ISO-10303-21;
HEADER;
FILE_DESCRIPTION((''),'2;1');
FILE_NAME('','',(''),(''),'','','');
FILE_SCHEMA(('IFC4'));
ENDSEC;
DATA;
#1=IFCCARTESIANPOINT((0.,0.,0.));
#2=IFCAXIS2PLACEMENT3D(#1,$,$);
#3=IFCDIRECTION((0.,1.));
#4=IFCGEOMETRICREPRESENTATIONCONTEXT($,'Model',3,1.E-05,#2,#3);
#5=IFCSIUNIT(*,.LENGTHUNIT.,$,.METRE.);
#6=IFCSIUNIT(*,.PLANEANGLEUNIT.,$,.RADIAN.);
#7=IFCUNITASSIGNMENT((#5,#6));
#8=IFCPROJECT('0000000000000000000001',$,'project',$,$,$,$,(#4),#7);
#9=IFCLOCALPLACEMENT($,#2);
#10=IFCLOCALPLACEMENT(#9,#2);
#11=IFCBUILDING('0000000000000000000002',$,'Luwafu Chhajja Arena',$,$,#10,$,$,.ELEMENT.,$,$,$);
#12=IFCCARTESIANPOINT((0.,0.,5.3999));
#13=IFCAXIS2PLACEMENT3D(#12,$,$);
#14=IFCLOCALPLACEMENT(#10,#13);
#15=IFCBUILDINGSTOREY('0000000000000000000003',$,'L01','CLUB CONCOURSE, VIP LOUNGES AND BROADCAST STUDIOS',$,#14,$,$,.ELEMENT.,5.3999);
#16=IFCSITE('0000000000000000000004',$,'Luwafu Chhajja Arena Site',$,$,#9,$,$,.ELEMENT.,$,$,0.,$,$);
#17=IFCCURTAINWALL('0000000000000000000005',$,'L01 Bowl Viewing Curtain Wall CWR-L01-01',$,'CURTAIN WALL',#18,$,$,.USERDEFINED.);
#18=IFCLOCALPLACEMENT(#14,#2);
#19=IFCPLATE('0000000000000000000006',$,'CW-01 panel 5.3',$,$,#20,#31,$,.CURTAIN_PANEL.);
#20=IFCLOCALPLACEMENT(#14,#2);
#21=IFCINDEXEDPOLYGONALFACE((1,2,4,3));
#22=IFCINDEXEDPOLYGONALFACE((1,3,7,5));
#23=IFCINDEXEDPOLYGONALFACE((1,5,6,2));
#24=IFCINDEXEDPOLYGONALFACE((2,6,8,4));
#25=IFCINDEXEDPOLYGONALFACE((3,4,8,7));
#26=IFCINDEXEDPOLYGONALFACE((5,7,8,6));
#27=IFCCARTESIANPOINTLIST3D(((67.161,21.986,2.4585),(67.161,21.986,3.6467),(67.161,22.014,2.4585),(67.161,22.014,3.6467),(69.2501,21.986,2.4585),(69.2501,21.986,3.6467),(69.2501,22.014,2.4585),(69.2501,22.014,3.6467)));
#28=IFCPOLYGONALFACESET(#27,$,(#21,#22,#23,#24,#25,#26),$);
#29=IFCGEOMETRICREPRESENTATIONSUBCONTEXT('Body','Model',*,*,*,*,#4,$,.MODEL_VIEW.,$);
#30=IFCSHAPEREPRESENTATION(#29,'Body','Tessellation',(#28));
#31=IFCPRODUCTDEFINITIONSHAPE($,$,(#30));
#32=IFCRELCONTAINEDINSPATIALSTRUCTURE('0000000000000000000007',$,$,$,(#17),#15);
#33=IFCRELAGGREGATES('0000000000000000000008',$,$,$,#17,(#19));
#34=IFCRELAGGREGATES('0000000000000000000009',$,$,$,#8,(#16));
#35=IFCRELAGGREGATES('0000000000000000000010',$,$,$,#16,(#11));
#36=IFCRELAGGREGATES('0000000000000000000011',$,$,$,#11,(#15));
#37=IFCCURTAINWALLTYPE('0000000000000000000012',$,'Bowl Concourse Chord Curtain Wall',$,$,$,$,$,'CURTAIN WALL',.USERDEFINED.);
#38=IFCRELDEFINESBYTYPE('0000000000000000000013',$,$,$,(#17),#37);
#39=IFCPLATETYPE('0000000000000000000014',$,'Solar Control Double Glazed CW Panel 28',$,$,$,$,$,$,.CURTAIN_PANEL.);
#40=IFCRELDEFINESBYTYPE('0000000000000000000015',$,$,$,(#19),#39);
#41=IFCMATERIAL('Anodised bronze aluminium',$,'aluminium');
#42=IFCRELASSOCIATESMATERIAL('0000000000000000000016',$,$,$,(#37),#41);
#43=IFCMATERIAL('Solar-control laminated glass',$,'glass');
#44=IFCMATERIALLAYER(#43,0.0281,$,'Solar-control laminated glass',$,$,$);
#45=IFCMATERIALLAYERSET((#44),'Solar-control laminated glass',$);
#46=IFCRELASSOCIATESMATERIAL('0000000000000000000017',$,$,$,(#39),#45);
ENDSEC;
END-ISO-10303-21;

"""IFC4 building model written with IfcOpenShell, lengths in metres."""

from ifc_helpers import new_model, si_unit, direction, frame, origin, origin_2d, place, context, subcontext, project, spatial, rectangle, extrude, material, layer, layer_set, type_object, element, aggregate, save


model = new_model("IFC4")

# Units and contexts
model_context = context("Model", 3, precision=1e-05, world=origin(), true_north=direction((0.0, 1.0)))
body_context = subcontext(model_context, "Body", "Model", "MODEL_VIEW")
ifc_project = project(units=[si_unit("LENGTHUNIT", "METRE"), si_unit("PLANEANGLEUNIT", "RADIAN")], contexts=[model_context])

# Site, building, storey
site_placement = place(None, origin())
site = spatial("IfcSite", under=ifc_project, at=site_placement, Name="Luwafu Chhajja Arena Site", CompositionType="ELEMENT", RefElevation=0.0)
building_placement = place(site_placement, origin())
building = spatial("IfcBuilding", under=site, at=building_placement, Name="Luwafu Chhajja Arena", CompositionType="ELEMENT")
storey_placement = place(building_placement, frame((0.0, 0.0, 5.3999)))
storey = spatial("IfcBuildingStorey", under=building, at=storey_placement, Name="L01", Description="CLUB CONCOURSE, VIP LOUNGES AND BROADCAST STUDIOS", CompositionType="ELEMENT", Elevation=5.3999)

# Curtain wall
ifc_material_1 = material(Name="Anodised bronze aluminium", Category="aluminium")
curtain_wall_type = type_object("IfcCurtainWallType", Name="Bowl Concourse Chord Curtain Wall", ElementType="CURTAIN WALL", PredefinedType="USERDEFINED", material=ifc_material_1)
curtain_wall_placement = place(storey_placement, origin())
curtain_wall = element("IfcCurtainWall", 1, at=curtain_wall_placement, inside=storey, type_object=curtain_wall_type, Name="L01 Bowl Viewing Curtain Wall CWR-L01-01", ObjectType="CURTAIN WALL", PredefinedType="USERDEFINED")

# Plate
ifc_material_2 = material(Name="Solar-control laminated glass", Category="glass")
ifc_layer = layer(ifc_material_2, 0.0281, Name="Solar-control laminated glass")
ifc_layer_set = layer_set([ifc_layer], Name="Solar-control laminated glass")
plate_type = type_object("IfcPlateType", Name="Solar Control Double Glazed CW Panel 28", PredefinedType="CURTAIN_PANEL", material=ifc_layer_set)
plate_1_placement = place(storey_placement, frame((68.2056, 22.0, 2.4585), z_axis=(0.0, 0.0, 1.0), x_axis=(1.0, 0.0, 0.0)))
plate_1 = element("IfcPlate", 2, at=plate_1_placement, type_object=plate_type, Name="CW-01 panel 5.3", PredefinedType="CURTAIN_PANEL", context=body_context, shape_type="SweptSolid", body=[
    extrude(rectangle(XDim=2.0891, YDim=0.0281, at=origin_2d()), origin(), (0.0, 0.0, 1.0), 1.1882),
])
aggregate(curtain_wall, [plate_1])

save(model, "model.ifc")
